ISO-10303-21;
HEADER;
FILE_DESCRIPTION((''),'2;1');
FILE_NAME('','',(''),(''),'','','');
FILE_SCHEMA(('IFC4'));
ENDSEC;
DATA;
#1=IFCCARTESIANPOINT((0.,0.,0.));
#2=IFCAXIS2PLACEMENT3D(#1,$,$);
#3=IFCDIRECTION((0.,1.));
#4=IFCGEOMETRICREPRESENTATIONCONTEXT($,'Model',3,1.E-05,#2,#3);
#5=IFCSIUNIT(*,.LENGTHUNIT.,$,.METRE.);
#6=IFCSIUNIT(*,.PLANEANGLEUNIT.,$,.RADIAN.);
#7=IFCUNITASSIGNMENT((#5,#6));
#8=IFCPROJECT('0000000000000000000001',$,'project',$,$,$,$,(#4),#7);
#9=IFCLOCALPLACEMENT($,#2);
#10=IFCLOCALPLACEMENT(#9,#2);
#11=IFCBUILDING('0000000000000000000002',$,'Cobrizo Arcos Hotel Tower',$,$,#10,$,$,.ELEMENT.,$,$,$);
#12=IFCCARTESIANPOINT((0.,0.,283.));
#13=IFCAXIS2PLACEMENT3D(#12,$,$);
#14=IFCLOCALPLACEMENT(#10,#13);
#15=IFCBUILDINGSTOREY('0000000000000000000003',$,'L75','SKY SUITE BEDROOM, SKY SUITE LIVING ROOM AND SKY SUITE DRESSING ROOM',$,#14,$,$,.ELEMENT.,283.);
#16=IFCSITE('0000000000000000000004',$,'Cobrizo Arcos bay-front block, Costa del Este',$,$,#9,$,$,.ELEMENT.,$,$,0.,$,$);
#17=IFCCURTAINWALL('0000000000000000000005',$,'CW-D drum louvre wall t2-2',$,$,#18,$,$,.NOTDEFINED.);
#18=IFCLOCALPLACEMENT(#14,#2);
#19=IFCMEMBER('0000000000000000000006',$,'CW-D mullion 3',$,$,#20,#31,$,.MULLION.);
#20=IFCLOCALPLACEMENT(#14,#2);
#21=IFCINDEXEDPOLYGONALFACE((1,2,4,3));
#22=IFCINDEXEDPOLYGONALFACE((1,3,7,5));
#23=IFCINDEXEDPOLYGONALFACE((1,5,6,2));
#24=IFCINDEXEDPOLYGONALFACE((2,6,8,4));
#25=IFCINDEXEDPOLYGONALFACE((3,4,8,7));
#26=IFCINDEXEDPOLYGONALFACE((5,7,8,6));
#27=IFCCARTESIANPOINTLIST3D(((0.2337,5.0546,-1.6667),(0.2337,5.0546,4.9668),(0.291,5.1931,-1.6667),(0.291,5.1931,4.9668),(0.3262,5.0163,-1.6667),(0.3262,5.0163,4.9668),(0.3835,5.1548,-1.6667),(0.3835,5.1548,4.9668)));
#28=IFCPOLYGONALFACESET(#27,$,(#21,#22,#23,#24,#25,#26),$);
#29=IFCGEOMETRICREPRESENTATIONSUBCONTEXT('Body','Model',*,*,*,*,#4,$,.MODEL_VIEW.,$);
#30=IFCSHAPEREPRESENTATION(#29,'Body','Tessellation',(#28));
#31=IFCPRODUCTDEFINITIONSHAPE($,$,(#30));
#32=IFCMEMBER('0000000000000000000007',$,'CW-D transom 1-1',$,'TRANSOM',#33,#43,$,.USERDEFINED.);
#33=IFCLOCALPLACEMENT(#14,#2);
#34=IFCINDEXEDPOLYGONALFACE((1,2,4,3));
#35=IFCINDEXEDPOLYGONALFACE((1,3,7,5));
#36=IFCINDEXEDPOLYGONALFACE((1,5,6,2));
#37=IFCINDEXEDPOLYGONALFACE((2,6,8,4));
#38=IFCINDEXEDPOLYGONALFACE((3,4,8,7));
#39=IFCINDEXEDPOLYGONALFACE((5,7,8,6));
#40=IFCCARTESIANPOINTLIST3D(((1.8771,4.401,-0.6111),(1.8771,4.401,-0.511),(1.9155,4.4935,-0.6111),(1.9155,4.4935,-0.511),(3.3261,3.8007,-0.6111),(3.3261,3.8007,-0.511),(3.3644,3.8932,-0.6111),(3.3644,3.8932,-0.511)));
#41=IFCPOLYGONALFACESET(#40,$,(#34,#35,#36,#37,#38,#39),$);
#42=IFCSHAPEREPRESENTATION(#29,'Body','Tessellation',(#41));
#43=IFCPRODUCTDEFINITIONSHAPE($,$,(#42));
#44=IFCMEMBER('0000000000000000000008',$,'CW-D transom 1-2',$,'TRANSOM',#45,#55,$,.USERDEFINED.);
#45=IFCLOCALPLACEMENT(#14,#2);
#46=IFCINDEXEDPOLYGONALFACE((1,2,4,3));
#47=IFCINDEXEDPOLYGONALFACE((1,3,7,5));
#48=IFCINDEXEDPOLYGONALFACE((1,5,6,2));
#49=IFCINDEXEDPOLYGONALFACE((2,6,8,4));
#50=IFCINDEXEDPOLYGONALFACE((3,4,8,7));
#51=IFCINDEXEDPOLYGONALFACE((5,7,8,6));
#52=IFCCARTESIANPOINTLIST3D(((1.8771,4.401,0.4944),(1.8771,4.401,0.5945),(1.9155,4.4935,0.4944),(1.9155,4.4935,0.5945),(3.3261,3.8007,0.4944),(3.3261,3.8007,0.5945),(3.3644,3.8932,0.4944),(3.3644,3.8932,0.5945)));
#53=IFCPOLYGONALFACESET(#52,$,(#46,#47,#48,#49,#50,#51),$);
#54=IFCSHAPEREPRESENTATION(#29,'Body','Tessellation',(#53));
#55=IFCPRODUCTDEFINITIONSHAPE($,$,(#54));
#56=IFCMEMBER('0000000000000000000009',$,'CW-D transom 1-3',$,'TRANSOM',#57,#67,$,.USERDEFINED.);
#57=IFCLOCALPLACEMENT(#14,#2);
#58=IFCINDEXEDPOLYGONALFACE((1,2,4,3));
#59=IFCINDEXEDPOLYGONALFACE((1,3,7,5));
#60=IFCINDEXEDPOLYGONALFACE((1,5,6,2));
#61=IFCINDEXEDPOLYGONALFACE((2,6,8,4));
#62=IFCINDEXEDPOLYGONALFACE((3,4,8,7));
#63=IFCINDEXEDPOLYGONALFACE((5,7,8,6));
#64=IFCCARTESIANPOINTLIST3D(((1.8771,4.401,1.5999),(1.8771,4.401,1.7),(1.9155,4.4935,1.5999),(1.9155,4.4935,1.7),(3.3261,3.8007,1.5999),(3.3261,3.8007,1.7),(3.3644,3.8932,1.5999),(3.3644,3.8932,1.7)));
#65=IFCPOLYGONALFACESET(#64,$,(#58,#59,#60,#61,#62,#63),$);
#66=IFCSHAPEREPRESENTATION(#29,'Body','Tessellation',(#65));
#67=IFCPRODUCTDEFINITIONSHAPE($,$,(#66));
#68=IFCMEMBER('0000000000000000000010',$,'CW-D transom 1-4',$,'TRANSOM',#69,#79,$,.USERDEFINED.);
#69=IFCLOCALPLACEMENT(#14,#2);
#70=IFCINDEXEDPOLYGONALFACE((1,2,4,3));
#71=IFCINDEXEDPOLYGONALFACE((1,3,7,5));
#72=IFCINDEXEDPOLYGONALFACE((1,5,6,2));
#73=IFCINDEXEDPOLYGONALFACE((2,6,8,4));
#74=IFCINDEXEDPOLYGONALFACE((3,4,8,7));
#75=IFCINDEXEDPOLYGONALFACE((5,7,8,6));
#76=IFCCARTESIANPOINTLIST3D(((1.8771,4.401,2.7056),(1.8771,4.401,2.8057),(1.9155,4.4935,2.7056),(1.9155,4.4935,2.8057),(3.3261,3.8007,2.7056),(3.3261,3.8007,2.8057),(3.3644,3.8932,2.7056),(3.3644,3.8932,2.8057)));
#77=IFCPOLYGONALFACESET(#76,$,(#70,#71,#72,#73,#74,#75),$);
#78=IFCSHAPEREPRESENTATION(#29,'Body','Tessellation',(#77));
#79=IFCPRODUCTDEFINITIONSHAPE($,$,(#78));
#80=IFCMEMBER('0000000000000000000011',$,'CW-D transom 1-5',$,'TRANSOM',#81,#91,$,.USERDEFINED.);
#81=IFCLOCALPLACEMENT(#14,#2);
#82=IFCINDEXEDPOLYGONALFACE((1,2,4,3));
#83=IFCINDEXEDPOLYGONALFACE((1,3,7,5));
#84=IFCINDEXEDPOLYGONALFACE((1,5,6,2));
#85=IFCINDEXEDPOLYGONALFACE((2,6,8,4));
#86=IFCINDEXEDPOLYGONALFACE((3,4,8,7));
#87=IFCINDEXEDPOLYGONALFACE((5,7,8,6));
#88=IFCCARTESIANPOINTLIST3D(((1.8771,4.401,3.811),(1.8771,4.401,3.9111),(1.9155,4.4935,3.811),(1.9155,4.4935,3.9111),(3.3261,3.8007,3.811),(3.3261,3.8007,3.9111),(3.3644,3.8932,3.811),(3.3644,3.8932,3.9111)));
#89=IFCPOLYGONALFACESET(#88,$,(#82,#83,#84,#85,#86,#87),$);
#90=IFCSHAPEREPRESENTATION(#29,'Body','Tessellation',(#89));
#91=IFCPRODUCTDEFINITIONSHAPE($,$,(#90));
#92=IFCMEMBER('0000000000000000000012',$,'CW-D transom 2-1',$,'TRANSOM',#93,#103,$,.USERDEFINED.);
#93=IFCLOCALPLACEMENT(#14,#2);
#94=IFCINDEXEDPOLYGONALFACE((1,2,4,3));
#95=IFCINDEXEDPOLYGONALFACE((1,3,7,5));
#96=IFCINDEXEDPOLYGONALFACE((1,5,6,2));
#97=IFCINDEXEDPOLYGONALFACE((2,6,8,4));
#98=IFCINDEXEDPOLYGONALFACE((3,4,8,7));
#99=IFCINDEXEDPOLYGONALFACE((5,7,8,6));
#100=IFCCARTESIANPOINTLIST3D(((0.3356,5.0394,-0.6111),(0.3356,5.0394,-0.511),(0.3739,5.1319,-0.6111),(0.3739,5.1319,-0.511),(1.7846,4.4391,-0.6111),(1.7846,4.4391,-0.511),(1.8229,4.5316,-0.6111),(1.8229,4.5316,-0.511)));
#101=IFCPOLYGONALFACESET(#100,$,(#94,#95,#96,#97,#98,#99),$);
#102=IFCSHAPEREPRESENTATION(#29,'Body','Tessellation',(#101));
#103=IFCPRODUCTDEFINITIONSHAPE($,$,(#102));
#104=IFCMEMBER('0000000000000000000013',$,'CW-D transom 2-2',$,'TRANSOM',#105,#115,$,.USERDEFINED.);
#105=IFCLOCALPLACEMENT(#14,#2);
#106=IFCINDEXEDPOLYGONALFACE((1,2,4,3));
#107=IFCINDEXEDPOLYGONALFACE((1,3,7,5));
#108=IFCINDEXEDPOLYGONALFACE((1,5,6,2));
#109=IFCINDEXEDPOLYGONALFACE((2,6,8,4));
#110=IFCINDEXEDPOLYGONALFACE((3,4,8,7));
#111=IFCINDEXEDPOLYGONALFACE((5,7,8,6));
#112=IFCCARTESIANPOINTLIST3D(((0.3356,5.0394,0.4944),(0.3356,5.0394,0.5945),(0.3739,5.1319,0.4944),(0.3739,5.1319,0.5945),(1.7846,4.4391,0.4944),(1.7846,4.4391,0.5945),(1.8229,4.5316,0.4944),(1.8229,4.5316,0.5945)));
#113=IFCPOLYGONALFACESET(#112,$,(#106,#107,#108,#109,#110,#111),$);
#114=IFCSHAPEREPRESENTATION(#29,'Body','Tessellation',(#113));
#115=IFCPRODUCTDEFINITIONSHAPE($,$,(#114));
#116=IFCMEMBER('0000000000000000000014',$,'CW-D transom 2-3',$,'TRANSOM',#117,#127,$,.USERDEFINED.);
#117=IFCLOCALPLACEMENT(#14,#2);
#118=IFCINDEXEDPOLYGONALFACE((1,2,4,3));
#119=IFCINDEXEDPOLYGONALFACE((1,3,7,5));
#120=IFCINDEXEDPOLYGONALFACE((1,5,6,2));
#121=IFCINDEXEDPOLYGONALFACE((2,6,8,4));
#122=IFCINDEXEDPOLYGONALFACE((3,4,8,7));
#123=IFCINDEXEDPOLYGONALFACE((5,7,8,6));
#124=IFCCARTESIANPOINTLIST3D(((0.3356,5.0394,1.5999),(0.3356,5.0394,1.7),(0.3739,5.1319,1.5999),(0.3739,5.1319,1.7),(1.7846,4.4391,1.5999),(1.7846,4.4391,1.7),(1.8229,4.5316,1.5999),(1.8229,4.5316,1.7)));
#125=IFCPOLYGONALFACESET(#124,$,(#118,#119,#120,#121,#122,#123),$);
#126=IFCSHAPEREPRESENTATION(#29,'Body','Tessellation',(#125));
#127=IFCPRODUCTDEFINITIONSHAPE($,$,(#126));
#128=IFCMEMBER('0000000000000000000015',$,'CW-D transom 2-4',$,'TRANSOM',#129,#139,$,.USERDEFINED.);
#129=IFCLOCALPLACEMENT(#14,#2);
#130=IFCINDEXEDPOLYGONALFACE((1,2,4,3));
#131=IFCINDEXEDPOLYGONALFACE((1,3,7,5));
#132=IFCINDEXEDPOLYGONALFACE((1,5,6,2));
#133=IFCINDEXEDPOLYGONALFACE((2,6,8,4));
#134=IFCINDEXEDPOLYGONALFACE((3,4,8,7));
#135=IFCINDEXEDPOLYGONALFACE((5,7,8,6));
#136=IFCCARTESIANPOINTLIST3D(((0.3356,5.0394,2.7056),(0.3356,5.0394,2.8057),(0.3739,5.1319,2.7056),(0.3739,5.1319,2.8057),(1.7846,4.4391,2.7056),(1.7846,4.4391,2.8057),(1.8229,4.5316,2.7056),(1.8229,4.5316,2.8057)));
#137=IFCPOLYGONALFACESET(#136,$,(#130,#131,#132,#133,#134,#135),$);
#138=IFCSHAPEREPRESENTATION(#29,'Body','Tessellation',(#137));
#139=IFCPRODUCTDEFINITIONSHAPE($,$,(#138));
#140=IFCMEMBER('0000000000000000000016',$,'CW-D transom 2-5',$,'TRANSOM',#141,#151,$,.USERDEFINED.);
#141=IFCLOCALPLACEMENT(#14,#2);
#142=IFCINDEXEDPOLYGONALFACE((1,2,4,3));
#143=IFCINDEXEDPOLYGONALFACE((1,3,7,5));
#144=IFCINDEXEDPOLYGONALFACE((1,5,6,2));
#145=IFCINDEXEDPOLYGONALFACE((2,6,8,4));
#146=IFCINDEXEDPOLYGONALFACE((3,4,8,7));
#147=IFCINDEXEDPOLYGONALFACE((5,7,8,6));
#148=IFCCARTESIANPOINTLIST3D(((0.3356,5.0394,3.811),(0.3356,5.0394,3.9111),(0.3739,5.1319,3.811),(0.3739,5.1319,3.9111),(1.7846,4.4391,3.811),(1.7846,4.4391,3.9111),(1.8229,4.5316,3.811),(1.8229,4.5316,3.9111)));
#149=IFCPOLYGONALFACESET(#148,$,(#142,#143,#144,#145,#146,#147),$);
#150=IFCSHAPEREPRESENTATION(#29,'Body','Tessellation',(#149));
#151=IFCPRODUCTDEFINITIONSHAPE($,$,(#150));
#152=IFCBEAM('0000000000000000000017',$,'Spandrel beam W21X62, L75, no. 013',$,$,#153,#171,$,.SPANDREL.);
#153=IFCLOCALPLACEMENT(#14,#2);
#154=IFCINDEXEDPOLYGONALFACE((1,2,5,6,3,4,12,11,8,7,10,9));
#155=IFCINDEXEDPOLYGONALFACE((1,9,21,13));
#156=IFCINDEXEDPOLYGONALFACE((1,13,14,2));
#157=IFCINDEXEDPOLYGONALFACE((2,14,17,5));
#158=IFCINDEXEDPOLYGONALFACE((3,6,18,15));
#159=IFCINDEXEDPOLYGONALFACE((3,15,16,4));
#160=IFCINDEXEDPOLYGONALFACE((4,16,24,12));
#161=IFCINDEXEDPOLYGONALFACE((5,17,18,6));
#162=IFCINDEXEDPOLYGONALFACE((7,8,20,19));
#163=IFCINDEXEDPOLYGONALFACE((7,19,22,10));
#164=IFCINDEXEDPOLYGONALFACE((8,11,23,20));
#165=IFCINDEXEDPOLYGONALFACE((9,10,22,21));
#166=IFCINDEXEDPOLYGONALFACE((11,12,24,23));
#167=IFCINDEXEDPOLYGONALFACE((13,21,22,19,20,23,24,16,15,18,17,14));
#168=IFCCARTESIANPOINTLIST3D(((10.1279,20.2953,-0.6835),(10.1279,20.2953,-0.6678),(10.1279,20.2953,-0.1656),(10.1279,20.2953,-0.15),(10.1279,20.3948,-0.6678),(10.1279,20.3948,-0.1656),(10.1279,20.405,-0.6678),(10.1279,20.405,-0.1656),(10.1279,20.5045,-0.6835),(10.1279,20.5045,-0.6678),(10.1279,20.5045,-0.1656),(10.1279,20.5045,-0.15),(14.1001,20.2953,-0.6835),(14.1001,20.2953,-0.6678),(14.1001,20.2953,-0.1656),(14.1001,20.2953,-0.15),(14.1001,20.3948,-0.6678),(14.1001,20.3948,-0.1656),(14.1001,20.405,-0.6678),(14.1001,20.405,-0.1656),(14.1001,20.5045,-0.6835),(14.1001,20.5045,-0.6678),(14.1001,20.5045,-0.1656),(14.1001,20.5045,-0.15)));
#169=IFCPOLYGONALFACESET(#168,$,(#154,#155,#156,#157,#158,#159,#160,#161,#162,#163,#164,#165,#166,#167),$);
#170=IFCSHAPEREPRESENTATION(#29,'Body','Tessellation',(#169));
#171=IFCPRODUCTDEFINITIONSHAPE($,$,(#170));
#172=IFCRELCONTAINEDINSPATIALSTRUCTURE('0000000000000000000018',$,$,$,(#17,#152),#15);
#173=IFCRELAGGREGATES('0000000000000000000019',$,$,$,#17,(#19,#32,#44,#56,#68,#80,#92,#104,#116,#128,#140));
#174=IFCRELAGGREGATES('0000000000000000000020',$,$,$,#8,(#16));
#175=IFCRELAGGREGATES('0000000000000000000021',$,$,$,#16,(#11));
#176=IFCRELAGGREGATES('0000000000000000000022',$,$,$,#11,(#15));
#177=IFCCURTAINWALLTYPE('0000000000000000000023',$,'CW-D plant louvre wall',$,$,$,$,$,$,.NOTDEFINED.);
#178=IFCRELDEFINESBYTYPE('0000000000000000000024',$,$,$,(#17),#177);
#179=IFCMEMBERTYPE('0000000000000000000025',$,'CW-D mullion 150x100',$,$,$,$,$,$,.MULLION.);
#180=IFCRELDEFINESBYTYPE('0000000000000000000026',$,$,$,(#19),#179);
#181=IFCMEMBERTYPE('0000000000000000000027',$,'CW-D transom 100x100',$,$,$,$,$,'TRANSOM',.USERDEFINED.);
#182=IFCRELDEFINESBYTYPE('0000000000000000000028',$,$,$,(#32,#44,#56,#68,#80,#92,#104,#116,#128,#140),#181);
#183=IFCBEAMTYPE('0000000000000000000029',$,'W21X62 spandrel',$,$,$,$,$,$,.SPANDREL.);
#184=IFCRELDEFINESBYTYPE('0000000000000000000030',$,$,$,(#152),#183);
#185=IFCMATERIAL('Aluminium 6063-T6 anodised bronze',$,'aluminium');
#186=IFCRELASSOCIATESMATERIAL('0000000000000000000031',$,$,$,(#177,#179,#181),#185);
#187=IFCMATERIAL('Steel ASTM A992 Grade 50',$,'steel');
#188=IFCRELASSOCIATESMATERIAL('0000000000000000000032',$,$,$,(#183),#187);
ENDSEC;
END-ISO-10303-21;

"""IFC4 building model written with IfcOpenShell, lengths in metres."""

from ifc_helpers import new_model, si_unit, direction, frame, origin, origin_2d, place, context, subcontext, project, spatial, rectangle, i_section, extrude, material, material_profile, profile_set, type_object, element, aggregate, save


model = new_model("IFC4")

# Units and contexts
model_context = context("Model", 3, precision=1e-05, world=origin(), true_north=direction((0.0, 1.0)))
body_context = subcontext(model_context, "Body", "Model", "MODEL_VIEW")
ifc_project = project(units=[si_unit("LENGTHUNIT", "METRE"), si_unit("PLANEANGLEUNIT", "RADIAN")], contexts=[model_context])

# Site, building, storey
site_placement = place(None, origin())
site = spatial("IfcSite", under=ifc_project, at=site_placement, Name="Cobrizo Arcos bay-front block, Costa del Este", CompositionType="ELEMENT", RefElevation=0.0)
building_placement = place(site_placement, origin())
building = spatial("IfcBuilding", under=site, at=building_placement, Name="Cobrizo Arcos Hotel Tower", CompositionType="ELEMENT")
storey_placement = place(building_placement, frame((0.0, 0.0, 283.0)))
storey = spatial("IfcBuildingStorey", under=building, at=storey_placement, Name="L75", Description="SKY SUITE BEDROOM, SKY SUITE LIVING ROOM AND SKY SUITE DRESSING ROOM", CompositionType="ELEMENT", Elevation=283.0)

# Shared definitions
ifc_material_1 = material(Name="Aluminium 6063-T6 anodised bronze", Category="aluminium")

# Curtain wall, members
curtain_wall_type_1 = type_object("IfcCurtainWallType", Name="CW-D plant louvre wall", PredefinedType="NOTDEFINED", material=ifc_material_1)
curtain_wall_1_placement = place(storey_placement, origin())
curtain_wall_1 = element("IfcCurtainWall", 1, at=curtain_wall_1_placement, inside=storey, type_object=curtain_wall_type_1, Name="CW-D drum louvre wall t2-2", PredefinedType="NOTDEFINED")
ifc_material_profile_1 = material_profile(ifc_material_1, rectangle(XDim=0.1499, YDim=0.1001, at=origin_2d()), Name="CW-D mullion 150x100")
ifc_profile_set_1 = profile_set([ifc_material_profile_1], Name="Aluminium 6063-T6 anodised bronze")
member_type_1 = type_object("IfcMemberType", Name="CW-D mullion 150x100", PredefinedType="MULLION", material=ifc_profile_set_1)
member_1_placement = place(storey_placement, frame((0.3086, 5.1047, -1.6667), z_axis=(0.0, 0.0, 1.0), x_axis=(0.382683, 0.92388, 0.0)))
member_1 = element("IfcMember", 2, at=member_1_placement, type_object=member_type_1, Name="CW-D mullion 3", PredefinedType="MULLION", context=body_context, shape_type="SweptSolid", body=[
    extrude(rectangle(XDim=0.1499, YDim=0.1001, at=origin_2d()), origin(), (0.0, 0.0, 1.0), 6.6335),
])
ifc_material_profile_2 = material_profile(ifc_material_1, rectangle(XDim=0.1001, YDim=0.1001, at=origin_2d()), Name="CW-D transom 100x100")
ifc_profile_set_2 = profile_set([ifc_material_profile_2], Name="Aluminium 6063-T6 anodised bronze")
member_type_2 = type_object("IfcMemberType", Name="CW-D transom 100x100", ElementType="TRANSOM", PredefinedType="USERDEFINED", material=ifc_profile_set_2)
member_2_placement = place(storey_placement, frame((3.3452, 3.8469, -0.561), z_axis=(-0.923844, 0.382769, 0.0), x_axis=(-0.382769, -0.923844, 0.0)))
member_2 = element("IfcMember", 3, at=member_2_placement, type_object=member_type_2, Name="CW-D transom 1-1", ObjectType="TRANSOM", PredefinedType="USERDEFINED", context=body_context, shape_type="SweptSolid", body=[
    extrude(rectangle(XDim=0.1001, YDim=0.1001, at=origin_2d()), origin(), (0.0, 0.0, 1.0), 1.5684),
])
member_3_placement = place(storey_placement, frame((3.3452, 3.8469, 0.5444), z_axis=(-0.923844, 0.382769, 0.0), x_axis=(-0.382769, -0.923844, 0.0)))
member_3 = element("IfcMember", 4, at=member_3_placement, type_object=member_type_2, Name="CW-D transom 1-2", ObjectType="TRANSOM", PredefinedType="USERDEFINED", context=body_context, shape_type="SweptSolid", body=[
    extrude(rectangle(XDim=0.1001, YDim=0.1001, at=origin_2d()), origin(), (0.0, 0.0, 1.0), 1.5684),
])
member_4_placement = place(storey_placement, frame((3.3452, 3.8469, 1.6499), z_axis=(-0.923844, 0.382769, 0.0), x_axis=(-0.382769, -0.923844, 0.0)))
member_4 = element("IfcMember", 5, at=member_4_placement, type_object=member_type_2, Name="CW-D transom 1-3", ObjectType="TRANSOM", PredefinedType="USERDEFINED", context=body_context, shape_type="SweptSolid", body=[
    extrude(rectangle(XDim=0.1001, YDim=0.1001, at=origin_2d()), origin(), (0.0, 0.0, 1.0), 1.5684),
])
member_5_placement = place(storey_placement, frame((3.3452, 3.8469, 2.7556), z_axis=(-0.923844, 0.382769, 0.0), x_axis=(-0.382769, -0.923844, 0.0)))
member_5 = element("IfcMember", 6, at=member_5_placement, type_object=member_type_2, Name="CW-D transom 1-4", ObjectType="TRANSOM", PredefinedType="USERDEFINED", context=body_context, shape_type="SweptSolid", body=[
    extrude(rectangle(XDim=0.1001, YDim=0.1001, at=origin_2d()), origin(), (0.0, 0.0, 1.0), 1.5684),
])
member_6_placement = place(storey_placement, frame((3.3452, 3.8469, 3.8611), z_axis=(-0.923844, 0.382769, 0.0), x_axis=(-0.382769, -0.923844, 0.0)))
member_6 = element("IfcMember", 7, at=member_6_placement, type_object=member_type_2, Name="CW-D transom 1-5", ObjectType="TRANSOM", PredefinedType="USERDEFINED", context=body_context, shape_type="SweptSolid", body=[
    extrude(rectangle(XDim=0.1001, YDim=0.1001, at=origin_2d()), origin(), (0.0, 0.0, 1.0), 1.5684),
])
member_7_placement = place(storey_placement, frame((1.8037, 4.4854, -0.561), z_axis=(-0.923844, 0.382769, 0.0), x_axis=(-0.382769, -0.923844, 0.0)))
member_7 = element("IfcMember", 8, at=member_7_placement, type_object=member_type_2, Name="CW-D transom 2-1", ObjectType="TRANSOM", PredefinedType="USERDEFINED", context=body_context, shape_type="SweptSolid", body=[
    extrude(rectangle(XDim=0.1001, YDim=0.1001, at=origin_2d()), origin(), (0.0, 0.0, 1.0), 1.5684),
])
member_8_placement = place(storey_placement, frame((1.8037, 4.4854, 0.5444), z_axis=(-0.923844, 0.382769, 0.0), x_axis=(-0.382769, -0.923844, 0.0)))
member_8 = element("IfcMember", 9, at=member_8_placement, type_object=member_type_2, Name="CW-D transom 2-2", ObjectType="TRANSOM", PredefinedType="USERDEFINED", context=body_context, shape_type="SweptSolid", body=[
    extrude(rectangle(XDim=0.1001, YDim=0.1001, at=origin_2d()), origin(), (0.0, 0.0, 1.0), 1.5684),
])
member_9_placement = place(storey_placement, frame((1.8037, 4.4854, 1.6499), z_axis=(-0.923844, 0.382769, 0.0), x_axis=(-0.382769, -0.923844, 0.0)))
member_9 = element("IfcMember", 10, at=member_9_placement, type_object=member_type_2, Name="CW-D transom 2-3", ObjectType="TRANSOM", PredefinedType="USERDEFINED", context=body_context, shape_type="SweptSolid", body=[
    extrude(rectangle(XDim=0.1001, YDim=0.1001, at=origin_2d()), origin(), (0.0, 0.0, 1.0), 1.5684),
])
member_10_placement = place(storey_placement, frame((1.8037, 4.4854, 2.7556), z_axis=(-0.923844, 0.382769, 0.0), x_axis=(-0.382769, -0.923844, 0.0)))
member_10 = element("IfcMember", 11, at=member_10_placement, type_object=member_type_2, Name="CW-D transom 2-4", ObjectType="TRANSOM", PredefinedType="USERDEFINED", context=body_context, shape_type="SweptSolid", body=[
    extrude(rectangle(XDim=0.1001, YDim=0.1001, at=origin_2d()), origin(), (0.0, 0.0, 1.0), 1.5684),
])
member_11_placement = place(storey_placement, frame((1.8037, 4.4854, 3.8611), z_axis=(-0.923844, 0.382769, 0.0), x_axis=(-0.382769, -0.923844, 0.0)))
member_11 = element("IfcMember", 12, at=member_11_placement, type_object=member_type_2, Name="CW-D transom 2-5", ObjectType="TRANSOM", PredefinedType="USERDEFINED", context=body_context, shape_type="SweptSolid", body=[
    extrude(rectangle(XDim=0.1001, YDim=0.1001, at=origin_2d()), origin(), (0.0, 0.0, 1.0), 1.5684),
])

# Beam
ifc_material_2 = material(Name="Steel ASTM A992 Grade 50", Category="steel")
ifc_material_profile_3 = material_profile(ifc_material_2, i_section(OverallWidth=0.2092, OverallDepth=0.5334, WebThickness=0.0103, FlangeThickness=0.0156, at=origin_2d()), Name="W21X62")
ifc_profile_set_3 = profile_set([ifc_material_profile_3], Name="Steel ASTM A992 Grade 50")
beam_type_1 = type_object("IfcBeamType", Name="W21X62 spandrel", PredefinedType="SPANDREL", material=ifc_profile_set_3)
beam_1_placement = place(storey_placement, frame((10.1279, 20.3999, -0.4167), z_axis=(1.0, 0.0, 0.0), x_axis=(0.0, 1.0, 0.0)))
element("IfcBeam", 13, at=beam_1_placement, inside=storey, type_object=beam_type_1, Name="Spandrel beam W21X62, L75, no. 013", PredefinedType="SPANDREL", context=body_context, shape_type="SweptSolid", body=[
    extrude(i_section(OverallWidth=0.2092, OverallDepth=0.5334, WebThickness=0.0103, FlangeThickness=0.0156, at=origin_2d()), origin(), (0.0, 0.0, 1.0), 3.9722),
])

aggregate(curtain_wall_1, [member_1, member_2, member_3, member_4, member_5, member_6, member_7, member_8, member_9, member_10, member_11])

save(model, "model.ifc")
